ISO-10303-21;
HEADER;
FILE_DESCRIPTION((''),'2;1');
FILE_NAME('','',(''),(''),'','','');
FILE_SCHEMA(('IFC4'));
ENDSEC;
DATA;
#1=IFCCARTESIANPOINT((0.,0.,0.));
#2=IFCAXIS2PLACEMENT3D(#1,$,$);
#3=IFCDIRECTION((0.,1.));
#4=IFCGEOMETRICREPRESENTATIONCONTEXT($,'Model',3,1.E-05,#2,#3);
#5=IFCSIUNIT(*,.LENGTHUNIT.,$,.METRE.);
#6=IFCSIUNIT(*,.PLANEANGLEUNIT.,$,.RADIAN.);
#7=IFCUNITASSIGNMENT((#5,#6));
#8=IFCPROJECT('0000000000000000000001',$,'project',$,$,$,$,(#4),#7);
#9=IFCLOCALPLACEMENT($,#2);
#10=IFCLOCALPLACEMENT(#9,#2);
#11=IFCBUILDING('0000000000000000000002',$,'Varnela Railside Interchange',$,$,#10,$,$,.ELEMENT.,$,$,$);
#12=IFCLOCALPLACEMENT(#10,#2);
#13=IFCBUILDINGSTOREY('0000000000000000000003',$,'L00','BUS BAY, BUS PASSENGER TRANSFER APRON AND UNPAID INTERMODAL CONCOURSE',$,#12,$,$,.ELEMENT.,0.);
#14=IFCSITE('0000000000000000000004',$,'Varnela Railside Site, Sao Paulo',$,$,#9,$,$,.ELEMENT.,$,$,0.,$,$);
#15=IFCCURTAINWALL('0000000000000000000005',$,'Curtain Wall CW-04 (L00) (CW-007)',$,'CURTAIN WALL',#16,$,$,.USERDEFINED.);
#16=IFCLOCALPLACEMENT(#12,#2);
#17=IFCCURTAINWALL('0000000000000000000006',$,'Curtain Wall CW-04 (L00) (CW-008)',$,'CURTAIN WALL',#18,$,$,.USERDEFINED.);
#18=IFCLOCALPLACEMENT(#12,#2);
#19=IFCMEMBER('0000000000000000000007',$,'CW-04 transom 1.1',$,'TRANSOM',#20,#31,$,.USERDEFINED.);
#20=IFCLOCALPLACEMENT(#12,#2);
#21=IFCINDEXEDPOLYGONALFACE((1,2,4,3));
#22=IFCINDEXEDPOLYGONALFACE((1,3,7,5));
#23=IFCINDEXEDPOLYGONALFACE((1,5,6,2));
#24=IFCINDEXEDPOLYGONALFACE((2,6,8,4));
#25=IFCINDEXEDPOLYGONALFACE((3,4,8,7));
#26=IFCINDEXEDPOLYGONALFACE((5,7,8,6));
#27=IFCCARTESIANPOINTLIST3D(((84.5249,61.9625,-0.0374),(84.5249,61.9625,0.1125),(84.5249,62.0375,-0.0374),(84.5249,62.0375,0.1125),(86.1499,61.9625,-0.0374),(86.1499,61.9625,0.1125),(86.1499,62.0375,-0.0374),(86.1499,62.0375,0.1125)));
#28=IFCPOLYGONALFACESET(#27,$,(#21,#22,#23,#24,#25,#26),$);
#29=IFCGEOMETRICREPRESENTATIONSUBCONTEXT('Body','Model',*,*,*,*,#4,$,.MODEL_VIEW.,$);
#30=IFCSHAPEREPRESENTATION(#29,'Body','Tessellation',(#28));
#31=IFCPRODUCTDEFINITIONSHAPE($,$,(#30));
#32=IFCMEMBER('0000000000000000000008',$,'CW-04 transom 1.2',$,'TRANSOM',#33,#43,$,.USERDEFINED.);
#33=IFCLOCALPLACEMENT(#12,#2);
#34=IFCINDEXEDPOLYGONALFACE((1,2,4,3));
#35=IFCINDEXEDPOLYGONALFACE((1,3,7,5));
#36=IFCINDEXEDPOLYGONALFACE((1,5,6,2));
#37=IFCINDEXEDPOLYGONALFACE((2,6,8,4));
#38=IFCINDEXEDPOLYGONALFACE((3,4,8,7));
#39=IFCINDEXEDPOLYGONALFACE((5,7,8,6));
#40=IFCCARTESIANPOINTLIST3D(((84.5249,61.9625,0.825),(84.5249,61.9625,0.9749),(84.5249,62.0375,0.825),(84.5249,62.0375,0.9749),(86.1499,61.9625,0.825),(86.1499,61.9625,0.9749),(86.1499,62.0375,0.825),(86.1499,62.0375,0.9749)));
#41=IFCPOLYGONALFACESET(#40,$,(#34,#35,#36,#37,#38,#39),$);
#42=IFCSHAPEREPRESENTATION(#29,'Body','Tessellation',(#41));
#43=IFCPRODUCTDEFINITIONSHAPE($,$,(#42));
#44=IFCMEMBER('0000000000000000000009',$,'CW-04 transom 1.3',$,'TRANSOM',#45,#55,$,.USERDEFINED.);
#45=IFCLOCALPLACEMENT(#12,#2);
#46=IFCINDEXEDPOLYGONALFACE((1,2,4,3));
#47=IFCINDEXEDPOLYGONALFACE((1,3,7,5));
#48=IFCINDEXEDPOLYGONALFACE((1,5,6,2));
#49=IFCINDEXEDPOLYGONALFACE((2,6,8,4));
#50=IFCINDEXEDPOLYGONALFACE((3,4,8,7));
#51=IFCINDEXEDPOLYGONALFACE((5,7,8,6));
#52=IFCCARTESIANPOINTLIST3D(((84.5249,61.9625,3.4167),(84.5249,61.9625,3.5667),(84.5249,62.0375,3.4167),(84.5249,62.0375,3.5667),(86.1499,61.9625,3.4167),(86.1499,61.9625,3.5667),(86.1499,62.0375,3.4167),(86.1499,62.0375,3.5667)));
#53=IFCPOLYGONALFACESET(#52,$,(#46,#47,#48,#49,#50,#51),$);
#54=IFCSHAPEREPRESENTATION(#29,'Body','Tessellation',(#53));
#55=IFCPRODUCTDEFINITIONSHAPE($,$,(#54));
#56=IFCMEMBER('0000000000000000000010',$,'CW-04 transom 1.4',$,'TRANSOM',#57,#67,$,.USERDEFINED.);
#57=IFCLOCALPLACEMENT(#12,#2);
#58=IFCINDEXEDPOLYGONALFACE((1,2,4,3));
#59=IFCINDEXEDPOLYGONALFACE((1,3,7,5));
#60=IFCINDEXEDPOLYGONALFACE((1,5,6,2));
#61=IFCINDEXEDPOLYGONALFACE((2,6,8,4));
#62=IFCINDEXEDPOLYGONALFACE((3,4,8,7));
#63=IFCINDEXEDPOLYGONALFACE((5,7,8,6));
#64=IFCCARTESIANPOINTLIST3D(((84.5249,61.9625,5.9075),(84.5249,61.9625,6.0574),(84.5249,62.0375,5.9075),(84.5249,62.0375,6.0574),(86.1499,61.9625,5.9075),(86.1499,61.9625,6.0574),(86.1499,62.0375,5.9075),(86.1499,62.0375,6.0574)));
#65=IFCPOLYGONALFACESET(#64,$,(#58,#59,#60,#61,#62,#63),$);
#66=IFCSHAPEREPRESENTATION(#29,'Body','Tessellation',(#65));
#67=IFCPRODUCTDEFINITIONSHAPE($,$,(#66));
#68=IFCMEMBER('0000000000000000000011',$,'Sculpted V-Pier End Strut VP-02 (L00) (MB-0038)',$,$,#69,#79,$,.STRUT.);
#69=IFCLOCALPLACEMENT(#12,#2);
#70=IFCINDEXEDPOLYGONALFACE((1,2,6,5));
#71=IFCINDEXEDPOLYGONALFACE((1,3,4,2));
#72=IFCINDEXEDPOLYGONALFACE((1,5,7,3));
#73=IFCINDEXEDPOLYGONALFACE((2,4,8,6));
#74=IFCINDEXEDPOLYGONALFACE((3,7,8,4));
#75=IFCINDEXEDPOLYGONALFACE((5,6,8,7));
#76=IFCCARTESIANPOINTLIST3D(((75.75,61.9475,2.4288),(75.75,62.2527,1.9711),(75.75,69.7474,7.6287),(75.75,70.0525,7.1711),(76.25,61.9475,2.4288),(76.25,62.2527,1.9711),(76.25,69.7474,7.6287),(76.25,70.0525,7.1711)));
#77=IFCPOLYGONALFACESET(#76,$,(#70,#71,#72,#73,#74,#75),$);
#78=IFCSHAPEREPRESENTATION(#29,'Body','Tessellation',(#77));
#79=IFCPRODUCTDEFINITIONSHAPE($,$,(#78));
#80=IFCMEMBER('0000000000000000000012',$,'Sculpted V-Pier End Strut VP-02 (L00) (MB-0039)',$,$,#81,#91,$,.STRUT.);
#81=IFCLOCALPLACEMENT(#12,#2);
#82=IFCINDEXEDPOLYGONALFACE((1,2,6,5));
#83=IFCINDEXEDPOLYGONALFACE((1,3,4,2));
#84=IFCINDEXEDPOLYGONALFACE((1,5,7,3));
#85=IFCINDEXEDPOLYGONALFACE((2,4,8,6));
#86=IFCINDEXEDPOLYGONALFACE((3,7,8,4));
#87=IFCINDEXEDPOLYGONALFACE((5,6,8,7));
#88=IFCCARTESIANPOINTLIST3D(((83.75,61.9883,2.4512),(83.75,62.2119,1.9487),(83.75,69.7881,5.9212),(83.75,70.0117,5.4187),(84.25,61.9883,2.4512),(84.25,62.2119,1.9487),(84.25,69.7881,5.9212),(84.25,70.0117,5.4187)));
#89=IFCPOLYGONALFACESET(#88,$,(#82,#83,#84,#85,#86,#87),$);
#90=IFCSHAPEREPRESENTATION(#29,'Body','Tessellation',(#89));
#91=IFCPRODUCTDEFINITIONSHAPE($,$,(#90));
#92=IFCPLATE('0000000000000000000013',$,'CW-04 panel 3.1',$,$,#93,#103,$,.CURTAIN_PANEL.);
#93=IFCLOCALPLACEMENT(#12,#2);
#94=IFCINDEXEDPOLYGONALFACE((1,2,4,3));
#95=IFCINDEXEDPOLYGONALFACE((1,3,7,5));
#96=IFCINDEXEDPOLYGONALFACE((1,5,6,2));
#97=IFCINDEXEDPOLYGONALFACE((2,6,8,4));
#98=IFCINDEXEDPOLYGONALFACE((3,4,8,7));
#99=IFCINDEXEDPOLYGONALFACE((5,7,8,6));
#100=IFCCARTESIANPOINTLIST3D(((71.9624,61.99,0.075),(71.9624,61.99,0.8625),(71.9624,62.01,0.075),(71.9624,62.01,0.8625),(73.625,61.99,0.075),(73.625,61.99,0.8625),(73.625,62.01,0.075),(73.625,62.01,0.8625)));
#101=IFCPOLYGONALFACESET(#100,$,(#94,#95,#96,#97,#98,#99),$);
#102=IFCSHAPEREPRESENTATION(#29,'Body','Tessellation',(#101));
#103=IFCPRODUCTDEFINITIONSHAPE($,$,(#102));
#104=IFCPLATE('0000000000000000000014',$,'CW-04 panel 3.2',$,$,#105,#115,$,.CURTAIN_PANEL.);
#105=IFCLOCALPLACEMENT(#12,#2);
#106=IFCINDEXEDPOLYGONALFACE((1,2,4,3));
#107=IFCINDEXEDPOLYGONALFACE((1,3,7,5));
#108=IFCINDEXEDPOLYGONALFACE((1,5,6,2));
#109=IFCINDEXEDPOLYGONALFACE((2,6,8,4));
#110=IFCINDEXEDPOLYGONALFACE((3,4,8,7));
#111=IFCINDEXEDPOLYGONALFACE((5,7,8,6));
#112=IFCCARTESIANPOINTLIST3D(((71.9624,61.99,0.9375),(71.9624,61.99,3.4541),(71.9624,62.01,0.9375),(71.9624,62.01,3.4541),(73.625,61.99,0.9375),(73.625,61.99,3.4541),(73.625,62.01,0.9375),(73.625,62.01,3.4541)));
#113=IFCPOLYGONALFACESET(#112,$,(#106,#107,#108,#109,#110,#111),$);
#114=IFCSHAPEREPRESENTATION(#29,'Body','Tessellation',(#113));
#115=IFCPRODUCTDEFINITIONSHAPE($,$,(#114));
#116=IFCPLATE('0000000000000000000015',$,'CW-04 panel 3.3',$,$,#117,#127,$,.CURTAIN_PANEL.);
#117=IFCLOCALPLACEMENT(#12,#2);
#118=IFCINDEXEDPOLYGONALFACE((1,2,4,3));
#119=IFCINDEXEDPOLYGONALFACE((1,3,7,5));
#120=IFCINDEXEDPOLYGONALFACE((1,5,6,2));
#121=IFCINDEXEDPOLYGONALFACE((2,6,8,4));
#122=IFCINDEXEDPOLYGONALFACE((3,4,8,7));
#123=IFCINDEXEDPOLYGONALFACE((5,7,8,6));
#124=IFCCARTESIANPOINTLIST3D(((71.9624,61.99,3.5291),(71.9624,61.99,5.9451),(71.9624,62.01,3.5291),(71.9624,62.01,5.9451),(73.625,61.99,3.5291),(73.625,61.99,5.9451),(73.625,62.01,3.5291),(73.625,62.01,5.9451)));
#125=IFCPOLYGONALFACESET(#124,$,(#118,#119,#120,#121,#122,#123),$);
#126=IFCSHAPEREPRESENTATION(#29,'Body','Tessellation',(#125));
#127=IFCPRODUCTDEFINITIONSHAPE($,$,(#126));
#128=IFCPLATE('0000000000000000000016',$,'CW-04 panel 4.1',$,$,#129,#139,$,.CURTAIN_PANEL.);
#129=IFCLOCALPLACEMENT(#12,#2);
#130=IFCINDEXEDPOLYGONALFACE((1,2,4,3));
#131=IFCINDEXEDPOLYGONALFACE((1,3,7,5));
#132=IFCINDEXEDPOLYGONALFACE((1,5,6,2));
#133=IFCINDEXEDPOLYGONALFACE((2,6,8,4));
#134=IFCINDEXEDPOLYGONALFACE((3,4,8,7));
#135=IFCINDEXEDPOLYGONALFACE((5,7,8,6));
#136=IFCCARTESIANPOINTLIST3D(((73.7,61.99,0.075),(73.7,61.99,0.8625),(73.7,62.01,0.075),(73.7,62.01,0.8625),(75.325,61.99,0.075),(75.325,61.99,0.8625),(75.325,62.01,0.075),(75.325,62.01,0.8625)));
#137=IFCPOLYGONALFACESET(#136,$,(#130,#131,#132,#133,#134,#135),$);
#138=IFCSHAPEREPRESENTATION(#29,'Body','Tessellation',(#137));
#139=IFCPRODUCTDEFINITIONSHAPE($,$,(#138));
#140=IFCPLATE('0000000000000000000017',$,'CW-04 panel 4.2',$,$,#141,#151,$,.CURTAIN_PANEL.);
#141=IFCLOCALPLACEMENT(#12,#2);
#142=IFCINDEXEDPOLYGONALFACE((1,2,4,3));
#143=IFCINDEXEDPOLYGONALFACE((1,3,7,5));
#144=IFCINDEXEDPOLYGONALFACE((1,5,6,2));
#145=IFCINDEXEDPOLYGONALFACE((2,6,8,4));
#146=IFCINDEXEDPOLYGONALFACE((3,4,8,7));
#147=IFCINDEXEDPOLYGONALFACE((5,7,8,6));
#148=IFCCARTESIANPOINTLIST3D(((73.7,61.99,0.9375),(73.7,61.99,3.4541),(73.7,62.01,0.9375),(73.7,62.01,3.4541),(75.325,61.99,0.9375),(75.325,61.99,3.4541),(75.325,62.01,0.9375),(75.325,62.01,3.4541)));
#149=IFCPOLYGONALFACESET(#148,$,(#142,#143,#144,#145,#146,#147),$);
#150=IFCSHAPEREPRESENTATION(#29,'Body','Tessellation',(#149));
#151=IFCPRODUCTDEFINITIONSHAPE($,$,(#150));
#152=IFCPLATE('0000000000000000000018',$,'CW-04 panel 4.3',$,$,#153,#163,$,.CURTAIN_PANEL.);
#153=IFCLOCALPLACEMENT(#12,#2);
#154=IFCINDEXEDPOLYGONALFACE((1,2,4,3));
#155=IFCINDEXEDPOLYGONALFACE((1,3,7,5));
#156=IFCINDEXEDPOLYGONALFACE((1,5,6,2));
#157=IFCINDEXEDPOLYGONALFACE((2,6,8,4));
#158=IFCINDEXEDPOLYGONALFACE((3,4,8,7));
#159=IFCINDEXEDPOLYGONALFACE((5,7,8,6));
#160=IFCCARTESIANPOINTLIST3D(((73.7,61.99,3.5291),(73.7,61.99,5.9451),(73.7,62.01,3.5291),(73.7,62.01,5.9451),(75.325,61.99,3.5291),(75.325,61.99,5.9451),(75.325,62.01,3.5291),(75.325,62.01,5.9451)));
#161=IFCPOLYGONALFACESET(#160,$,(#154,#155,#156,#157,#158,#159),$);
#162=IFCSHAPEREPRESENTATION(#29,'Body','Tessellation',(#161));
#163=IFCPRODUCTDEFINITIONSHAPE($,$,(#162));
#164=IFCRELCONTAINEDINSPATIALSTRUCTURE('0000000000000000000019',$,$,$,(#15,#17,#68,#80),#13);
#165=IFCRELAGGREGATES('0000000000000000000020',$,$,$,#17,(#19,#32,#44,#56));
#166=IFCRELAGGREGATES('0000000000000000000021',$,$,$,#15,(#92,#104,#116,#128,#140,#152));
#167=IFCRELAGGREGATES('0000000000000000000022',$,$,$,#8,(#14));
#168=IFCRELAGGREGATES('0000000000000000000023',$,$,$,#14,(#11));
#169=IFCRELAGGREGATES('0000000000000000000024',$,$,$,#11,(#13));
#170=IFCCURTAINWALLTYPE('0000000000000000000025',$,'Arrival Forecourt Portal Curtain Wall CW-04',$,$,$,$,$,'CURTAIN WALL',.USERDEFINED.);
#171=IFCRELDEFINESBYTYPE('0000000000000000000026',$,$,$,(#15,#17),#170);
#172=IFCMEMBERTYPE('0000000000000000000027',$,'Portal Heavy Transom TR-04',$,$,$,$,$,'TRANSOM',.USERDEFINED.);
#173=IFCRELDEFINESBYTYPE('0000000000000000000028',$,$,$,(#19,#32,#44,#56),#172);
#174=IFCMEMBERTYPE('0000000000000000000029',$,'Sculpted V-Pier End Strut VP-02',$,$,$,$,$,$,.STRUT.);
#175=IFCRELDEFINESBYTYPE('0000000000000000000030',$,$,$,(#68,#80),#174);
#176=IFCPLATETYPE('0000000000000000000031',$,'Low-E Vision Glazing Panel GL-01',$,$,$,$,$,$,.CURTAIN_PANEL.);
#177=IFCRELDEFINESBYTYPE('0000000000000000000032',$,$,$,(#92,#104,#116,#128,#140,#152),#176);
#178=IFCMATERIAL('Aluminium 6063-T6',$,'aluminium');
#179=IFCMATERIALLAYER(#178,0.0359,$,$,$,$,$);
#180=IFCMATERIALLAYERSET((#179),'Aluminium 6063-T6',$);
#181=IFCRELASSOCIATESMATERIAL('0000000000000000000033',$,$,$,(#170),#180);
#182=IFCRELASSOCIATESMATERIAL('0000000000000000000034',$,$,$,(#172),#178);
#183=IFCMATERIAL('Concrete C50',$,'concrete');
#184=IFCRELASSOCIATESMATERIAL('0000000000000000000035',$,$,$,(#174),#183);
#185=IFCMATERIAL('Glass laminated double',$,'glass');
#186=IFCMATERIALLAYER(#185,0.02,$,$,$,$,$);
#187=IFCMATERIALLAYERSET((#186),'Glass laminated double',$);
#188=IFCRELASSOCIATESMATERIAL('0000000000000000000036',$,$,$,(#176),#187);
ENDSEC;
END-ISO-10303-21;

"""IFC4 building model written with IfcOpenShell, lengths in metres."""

from ifc_helpers import new_model, si_unit, direction, frame, origin, origin_2d, place, context, subcontext, project, spatial, rectangle, extrude, material, layer, layer_set, material_profile, profile_set, type_object, element, aggregate, save


model = new_model("IFC4")

# Units and contexts
model_context = context("Model", 3, precision=1e-05, world=origin(), true_north=direction((0.0, 1.0)))
body_context = subcontext(model_context, "Body", "Model", "MODEL_VIEW")
ifc_project = project(units=[si_unit("LENGTHUNIT", "METRE"), si_unit("PLANEANGLEUNIT", "RADIAN")], contexts=[model_context])

# Site, building, storey
site_placement = place(None, origin())
site = spatial("IfcSite", under=ifc_project, at=site_placement, Name="Varnela Railside Site, Sao Paulo", CompositionType="ELEMENT", RefElevation=0.0)
building_placement = place(site_placement, origin())
building = spatial("IfcBuilding", under=site, at=building_placement, Name="Varnela Railside Interchange", CompositionType="ELEMENT")
storey_placement = place(building_placement, origin())
storey = spatial("IfcBuildingStorey", under=building, at=storey_placement, Name="L00", Description="BUS BAY, BUS PASSENGER TRANSFER APRON AND UNPAID INTERMODAL CONCOURSE", CompositionType="ELEMENT", Elevation=0.0)

# Shared definitions
ifc_material_1 = material(Name="Concrete C50", Category="concrete")

# Curtain wall
ifc_material_2 = material(Name="Aluminium 6063-T6", Category="aluminium")
ifc_layer_1 = layer(ifc_material_2, 0.0359)
ifc_layer_set_1 = layer_set([ifc_layer_1], Name="Aluminium 6063-T6")
curtain_wall_type = type_object("IfcCurtainWallType", Name="Arrival Forecourt Portal Curtain Wall CW-04", ElementType="CURTAIN WALL", PredefinedType="USERDEFINED", material=ifc_layer_set_1)
curtain_wall_1_placement = place(storey_placement, origin())
curtain_wall_1 = element("IfcCurtainWall", 1, at=curtain_wall_1_placement, inside=storey, type_object=curtain_wall_type, Name="Curtain Wall CW-04 (L00) (CW-007)", ObjectType="CURTAIN WALL", PredefinedType="USERDEFINED")

# Curtain wall
curtain_wall_2_placement = place(storey_placement, origin())
curtain_wall_2 = element("IfcCurtainWall", 2, at=curtain_wall_2_placement, inside=storey, type_object=curtain_wall_type, Name="Curtain Wall CW-04 (L00) (CW-008)", ObjectType="CURTAIN WALL", PredefinedType="USERDEFINED")

# Members
ifc_material_profile_1 = material_profile(ifc_material_2, rectangle(XDim=0.075, YDim=0.1499, at=origin_2d()), Name="ALU 75x150")
ifc_profile_set_1 = profile_set([ifc_material_profile_1], Name="Aluminium 6063-T6")
member_type_1 = type_object("IfcMemberType", Name="Portal Heavy Transom TR-04", ElementType="TRANSOM", PredefinedType="USERDEFINED", material=ifc_profile_set_1)
member_1_placement = place(storey_placement, frame((84.5249, 62.0, 0.0376), z_axis=(1.0, 0.0, 0.0), x_axis=(0.0, 1.0, 0.0)))
member_1 = element("IfcMember", 3, at=member_1_placement, type_object=member_type_1, Name="CW-04 transom 1.1", ObjectType="TRANSOM", PredefinedType="USERDEFINED", context=body_context, shape_type="SweptSolid", body=[
    extrude(rectangle(XDim=0.075, YDim=0.1499, at=origin_2d()), origin(), (0.0, 0.0, 1.0), 1.625),
])
member_2_placement = place(storey_placement, frame((84.5249, 62.0, 0.8999), z_axis=(1.0, 0.0, 0.0), x_axis=(0.0, 1.0, 0.0)))
member_2 = element("IfcMember", 4, at=member_2_placement, type_object=member_type_1, Name="CW-04 transom 1.2", ObjectType="TRANSOM", PredefinedType="USERDEFINED", context=body_context, shape_type="SweptSolid", body=[
    extrude(rectangle(XDim=0.075, YDim=0.1499, at=origin_2d()), origin(), (0.0, 0.0, 1.0), 1.625),
])
member_3_placement = place(storey_placement, frame((84.5249, 62.0, 3.4917), z_axis=(1.0, 0.0, 0.0), x_axis=(0.0, 1.0, 0.0)))
member_3 = element("IfcMember", 5, at=member_3_placement, type_object=member_type_1, Name="CW-04 transom 1.3", ObjectType="TRANSOM", PredefinedType="USERDEFINED", context=body_context, shape_type="SweptSolid", body=[
    extrude(rectangle(XDim=0.075, YDim=0.1499, at=origin_2d()), origin(), (0.0, 0.0, 1.0), 1.625),
])
member_4_placement = place(storey_placement, frame((84.5249, 62.0, 5.9824), z_axis=(1.0, 0.0, 0.0), x_axis=(0.0, 1.0, 0.0)))
member_4 = element("IfcMember", 6, at=member_4_placement, type_object=member_type_1, Name="CW-04 transom 1.4", ObjectType="TRANSOM", PredefinedType="USERDEFINED", context=body_context, shape_type="SweptSolid", body=[
    extrude(rectangle(XDim=0.075, YDim=0.1499, at=origin_2d()), origin(), (0.0, 0.0, 1.0), 1.625),
])
aggregate(curtain_wall_2, [member_1, member_2, member_3, member_4])

# Members
ifc_material_profile_2 = material_profile(ifc_material_1, rectangle(XDim=0.5, YDim=0.55, at=origin_2d()), Name="RC 500x550")
ifc_profile_set_2 = profile_set([ifc_material_profile_2], Name="Concrete C50")
member_type_2 = type_object("IfcMemberType", Name="Sculpted V-Pier End Strut VP-02", PredefinedType="STRUT", material=ifc_profile_set_2)
member_5_placement = place(storey_placement, frame((76.0, 62.1001, 2.2), z_axis=(0.0, 0.832046, 0.554706), x_axis=(-1.0, 0.0, 0.0)))
element("IfcMember", 7, at=member_5_placement, inside=storey, type_object=member_type_2, Name="Sculpted V-Pier End Strut VP-02 (L00) (MB-0038)", PredefinedType="STRUT", context=body_context, shape_type="SweptSolid", body=[
    extrude(rectangle(XDim=0.5, YDim=0.55, at=origin_2d()), origin(), (0.0, 0.0, 1.0), 9.3743),
])
member_6_placement = place(storey_placement, frame((84.0, 62.1001, 2.2), z_axis=(0.0, 0.913664, 0.40647), x_axis=(-1.0, 0.0, 0.0)))
element("IfcMember", 8, at=member_6_placement, inside=storey, type_object=member_type_2, Name="Sculpted V-Pier End Strut VP-02 (L00) (MB-0039)", PredefinedType="STRUT", context=body_context, shape_type="SweptSolid", body=[
    extrude(rectangle(XDim=0.5, YDim=0.55, at=origin_2d()), origin(), (0.0, 0.0, 1.0), 8.5369),
])

# Plates
ifc_material_3 = material(Name="Glass laminated double", Category="glass")
ifc_layer_2 = layer(ifc_material_3, 0.02)
ifc_layer_set_2 = layer_set([ifc_layer_2], Name="Glass laminated double")
plate_type = type_object("IfcPlateType", Name="Low-E Vision Glazing Panel GL-01", PredefinedType="CURTAIN_PANEL", material=ifc_layer_set_2)
plate_1_placement = place(storey_placement, frame((72.7937, 62.0, 0.075), z_axis=(0.0, 0.0, 1.0), x_axis=(1.0, 0.0, 0.0)))
plate_1 = element("IfcPlate", 9, at=plate_1_placement, type_object=plate_type, Name="CW-04 panel 3.1", PredefinedType="CURTAIN_PANEL", context=body_context, shape_type="SweptSolid", body=[
    extrude(rectangle(XDim=1.6626, YDim=0.02, at=origin_2d()), origin(), (0.0, 0.0, 1.0), 0.7876),
])
plate_2_placement = place(storey_placement, frame((72.7937, 62.0, 0.9375), z_axis=(0.0, 0.0, 1.0), x_axis=(1.0, 0.0, 0.0)))
plate_2 = element("IfcPlate", 10, at=plate_2_placement, type_object=plate_type, Name="CW-04 panel 3.2", PredefinedType="CURTAIN_PANEL", context=body_context, shape_type="SweptSolid", body=[
    extrude(rectangle(XDim=1.6626, YDim=0.02, at=origin_2d()), origin(), (0.0, 0.0, 1.0), 2.5166),
])
plate_3_placement = place(storey_placement, frame((72.7937, 62.0, 3.5291), z_axis=(0.0, 0.0, 1.0), x_axis=(1.0, 0.0, 0.0)))
plate_3 = element("IfcPlate", 11, at=plate_3_placement, type_object=plate_type, Name="CW-04 panel 3.3", PredefinedType="CURTAIN_PANEL", context=body_context, shape_type="SweptSolid", body=[
    extrude(rectangle(XDim=1.6626, YDim=0.02, at=origin_2d()), origin(), (0.0, 0.0, 1.0), 2.416),
])
plate_4_placement = place(storey_placement, frame((74.5125, 62.0, 0.075), z_axis=(0.0, 0.0, 1.0), x_axis=(1.0, 0.0, 0.0)))
plate_4 = element("IfcPlate", 12, at=plate_4_placement, type_object=plate_type, Name="CW-04 panel 4.1", PredefinedType="CURTAIN_PANEL", context=body_context, shape_type="SweptSolid", body=[
    extrude(rectangle(XDim=1.625, YDim=0.02, at=origin_2d()), origin(), (0.0, 0.0, 1.0), 0.7876),
])
plate_5_placement = place(storey_placement, frame((74.5125, 62.0, 0.9375), z_axis=(0.0, 0.0, 1.0), x_axis=(1.0, 0.0, 0.0)))
plate_5 = element("IfcPlate", 13, at=plate_5_placement, type_object=plate_type, Name="CW-04 panel 4.2", PredefinedType="CURTAIN_PANEL", context=body_context, shape_type="SweptSolid", body=[
    extrude(rectangle(XDim=1.625, YDim=0.02, at=origin_2d()), origin(), (0.0, 0.0, 1.0), 2.5166),
])
plate_6_placement = place(storey_placement, frame((74.5125, 62.0, 3.5291), z_axis=(0.0, 0.0, 1.0), x_axis=(1.0, 0.0, 0.0)))
plate_6 = element("IfcPlate", 14, at=plate_6_placement, type_object=plate_type, Name="CW-04 panel 4.3", PredefinedType="CURTAIN_PANEL", context=body_context, shape_type="SweptSolid", body=[
    extrude(rectangle(XDim=1.625, YDim=0.02, at=origin_2d()), origin(), (0.0, 0.0, 1.0), 2.416),
])
aggregate(curtain_wall_1, [plate_1, plate_2, plate_3, plate_4, plate_5, plate_6])

save(model, "model.ifc")
